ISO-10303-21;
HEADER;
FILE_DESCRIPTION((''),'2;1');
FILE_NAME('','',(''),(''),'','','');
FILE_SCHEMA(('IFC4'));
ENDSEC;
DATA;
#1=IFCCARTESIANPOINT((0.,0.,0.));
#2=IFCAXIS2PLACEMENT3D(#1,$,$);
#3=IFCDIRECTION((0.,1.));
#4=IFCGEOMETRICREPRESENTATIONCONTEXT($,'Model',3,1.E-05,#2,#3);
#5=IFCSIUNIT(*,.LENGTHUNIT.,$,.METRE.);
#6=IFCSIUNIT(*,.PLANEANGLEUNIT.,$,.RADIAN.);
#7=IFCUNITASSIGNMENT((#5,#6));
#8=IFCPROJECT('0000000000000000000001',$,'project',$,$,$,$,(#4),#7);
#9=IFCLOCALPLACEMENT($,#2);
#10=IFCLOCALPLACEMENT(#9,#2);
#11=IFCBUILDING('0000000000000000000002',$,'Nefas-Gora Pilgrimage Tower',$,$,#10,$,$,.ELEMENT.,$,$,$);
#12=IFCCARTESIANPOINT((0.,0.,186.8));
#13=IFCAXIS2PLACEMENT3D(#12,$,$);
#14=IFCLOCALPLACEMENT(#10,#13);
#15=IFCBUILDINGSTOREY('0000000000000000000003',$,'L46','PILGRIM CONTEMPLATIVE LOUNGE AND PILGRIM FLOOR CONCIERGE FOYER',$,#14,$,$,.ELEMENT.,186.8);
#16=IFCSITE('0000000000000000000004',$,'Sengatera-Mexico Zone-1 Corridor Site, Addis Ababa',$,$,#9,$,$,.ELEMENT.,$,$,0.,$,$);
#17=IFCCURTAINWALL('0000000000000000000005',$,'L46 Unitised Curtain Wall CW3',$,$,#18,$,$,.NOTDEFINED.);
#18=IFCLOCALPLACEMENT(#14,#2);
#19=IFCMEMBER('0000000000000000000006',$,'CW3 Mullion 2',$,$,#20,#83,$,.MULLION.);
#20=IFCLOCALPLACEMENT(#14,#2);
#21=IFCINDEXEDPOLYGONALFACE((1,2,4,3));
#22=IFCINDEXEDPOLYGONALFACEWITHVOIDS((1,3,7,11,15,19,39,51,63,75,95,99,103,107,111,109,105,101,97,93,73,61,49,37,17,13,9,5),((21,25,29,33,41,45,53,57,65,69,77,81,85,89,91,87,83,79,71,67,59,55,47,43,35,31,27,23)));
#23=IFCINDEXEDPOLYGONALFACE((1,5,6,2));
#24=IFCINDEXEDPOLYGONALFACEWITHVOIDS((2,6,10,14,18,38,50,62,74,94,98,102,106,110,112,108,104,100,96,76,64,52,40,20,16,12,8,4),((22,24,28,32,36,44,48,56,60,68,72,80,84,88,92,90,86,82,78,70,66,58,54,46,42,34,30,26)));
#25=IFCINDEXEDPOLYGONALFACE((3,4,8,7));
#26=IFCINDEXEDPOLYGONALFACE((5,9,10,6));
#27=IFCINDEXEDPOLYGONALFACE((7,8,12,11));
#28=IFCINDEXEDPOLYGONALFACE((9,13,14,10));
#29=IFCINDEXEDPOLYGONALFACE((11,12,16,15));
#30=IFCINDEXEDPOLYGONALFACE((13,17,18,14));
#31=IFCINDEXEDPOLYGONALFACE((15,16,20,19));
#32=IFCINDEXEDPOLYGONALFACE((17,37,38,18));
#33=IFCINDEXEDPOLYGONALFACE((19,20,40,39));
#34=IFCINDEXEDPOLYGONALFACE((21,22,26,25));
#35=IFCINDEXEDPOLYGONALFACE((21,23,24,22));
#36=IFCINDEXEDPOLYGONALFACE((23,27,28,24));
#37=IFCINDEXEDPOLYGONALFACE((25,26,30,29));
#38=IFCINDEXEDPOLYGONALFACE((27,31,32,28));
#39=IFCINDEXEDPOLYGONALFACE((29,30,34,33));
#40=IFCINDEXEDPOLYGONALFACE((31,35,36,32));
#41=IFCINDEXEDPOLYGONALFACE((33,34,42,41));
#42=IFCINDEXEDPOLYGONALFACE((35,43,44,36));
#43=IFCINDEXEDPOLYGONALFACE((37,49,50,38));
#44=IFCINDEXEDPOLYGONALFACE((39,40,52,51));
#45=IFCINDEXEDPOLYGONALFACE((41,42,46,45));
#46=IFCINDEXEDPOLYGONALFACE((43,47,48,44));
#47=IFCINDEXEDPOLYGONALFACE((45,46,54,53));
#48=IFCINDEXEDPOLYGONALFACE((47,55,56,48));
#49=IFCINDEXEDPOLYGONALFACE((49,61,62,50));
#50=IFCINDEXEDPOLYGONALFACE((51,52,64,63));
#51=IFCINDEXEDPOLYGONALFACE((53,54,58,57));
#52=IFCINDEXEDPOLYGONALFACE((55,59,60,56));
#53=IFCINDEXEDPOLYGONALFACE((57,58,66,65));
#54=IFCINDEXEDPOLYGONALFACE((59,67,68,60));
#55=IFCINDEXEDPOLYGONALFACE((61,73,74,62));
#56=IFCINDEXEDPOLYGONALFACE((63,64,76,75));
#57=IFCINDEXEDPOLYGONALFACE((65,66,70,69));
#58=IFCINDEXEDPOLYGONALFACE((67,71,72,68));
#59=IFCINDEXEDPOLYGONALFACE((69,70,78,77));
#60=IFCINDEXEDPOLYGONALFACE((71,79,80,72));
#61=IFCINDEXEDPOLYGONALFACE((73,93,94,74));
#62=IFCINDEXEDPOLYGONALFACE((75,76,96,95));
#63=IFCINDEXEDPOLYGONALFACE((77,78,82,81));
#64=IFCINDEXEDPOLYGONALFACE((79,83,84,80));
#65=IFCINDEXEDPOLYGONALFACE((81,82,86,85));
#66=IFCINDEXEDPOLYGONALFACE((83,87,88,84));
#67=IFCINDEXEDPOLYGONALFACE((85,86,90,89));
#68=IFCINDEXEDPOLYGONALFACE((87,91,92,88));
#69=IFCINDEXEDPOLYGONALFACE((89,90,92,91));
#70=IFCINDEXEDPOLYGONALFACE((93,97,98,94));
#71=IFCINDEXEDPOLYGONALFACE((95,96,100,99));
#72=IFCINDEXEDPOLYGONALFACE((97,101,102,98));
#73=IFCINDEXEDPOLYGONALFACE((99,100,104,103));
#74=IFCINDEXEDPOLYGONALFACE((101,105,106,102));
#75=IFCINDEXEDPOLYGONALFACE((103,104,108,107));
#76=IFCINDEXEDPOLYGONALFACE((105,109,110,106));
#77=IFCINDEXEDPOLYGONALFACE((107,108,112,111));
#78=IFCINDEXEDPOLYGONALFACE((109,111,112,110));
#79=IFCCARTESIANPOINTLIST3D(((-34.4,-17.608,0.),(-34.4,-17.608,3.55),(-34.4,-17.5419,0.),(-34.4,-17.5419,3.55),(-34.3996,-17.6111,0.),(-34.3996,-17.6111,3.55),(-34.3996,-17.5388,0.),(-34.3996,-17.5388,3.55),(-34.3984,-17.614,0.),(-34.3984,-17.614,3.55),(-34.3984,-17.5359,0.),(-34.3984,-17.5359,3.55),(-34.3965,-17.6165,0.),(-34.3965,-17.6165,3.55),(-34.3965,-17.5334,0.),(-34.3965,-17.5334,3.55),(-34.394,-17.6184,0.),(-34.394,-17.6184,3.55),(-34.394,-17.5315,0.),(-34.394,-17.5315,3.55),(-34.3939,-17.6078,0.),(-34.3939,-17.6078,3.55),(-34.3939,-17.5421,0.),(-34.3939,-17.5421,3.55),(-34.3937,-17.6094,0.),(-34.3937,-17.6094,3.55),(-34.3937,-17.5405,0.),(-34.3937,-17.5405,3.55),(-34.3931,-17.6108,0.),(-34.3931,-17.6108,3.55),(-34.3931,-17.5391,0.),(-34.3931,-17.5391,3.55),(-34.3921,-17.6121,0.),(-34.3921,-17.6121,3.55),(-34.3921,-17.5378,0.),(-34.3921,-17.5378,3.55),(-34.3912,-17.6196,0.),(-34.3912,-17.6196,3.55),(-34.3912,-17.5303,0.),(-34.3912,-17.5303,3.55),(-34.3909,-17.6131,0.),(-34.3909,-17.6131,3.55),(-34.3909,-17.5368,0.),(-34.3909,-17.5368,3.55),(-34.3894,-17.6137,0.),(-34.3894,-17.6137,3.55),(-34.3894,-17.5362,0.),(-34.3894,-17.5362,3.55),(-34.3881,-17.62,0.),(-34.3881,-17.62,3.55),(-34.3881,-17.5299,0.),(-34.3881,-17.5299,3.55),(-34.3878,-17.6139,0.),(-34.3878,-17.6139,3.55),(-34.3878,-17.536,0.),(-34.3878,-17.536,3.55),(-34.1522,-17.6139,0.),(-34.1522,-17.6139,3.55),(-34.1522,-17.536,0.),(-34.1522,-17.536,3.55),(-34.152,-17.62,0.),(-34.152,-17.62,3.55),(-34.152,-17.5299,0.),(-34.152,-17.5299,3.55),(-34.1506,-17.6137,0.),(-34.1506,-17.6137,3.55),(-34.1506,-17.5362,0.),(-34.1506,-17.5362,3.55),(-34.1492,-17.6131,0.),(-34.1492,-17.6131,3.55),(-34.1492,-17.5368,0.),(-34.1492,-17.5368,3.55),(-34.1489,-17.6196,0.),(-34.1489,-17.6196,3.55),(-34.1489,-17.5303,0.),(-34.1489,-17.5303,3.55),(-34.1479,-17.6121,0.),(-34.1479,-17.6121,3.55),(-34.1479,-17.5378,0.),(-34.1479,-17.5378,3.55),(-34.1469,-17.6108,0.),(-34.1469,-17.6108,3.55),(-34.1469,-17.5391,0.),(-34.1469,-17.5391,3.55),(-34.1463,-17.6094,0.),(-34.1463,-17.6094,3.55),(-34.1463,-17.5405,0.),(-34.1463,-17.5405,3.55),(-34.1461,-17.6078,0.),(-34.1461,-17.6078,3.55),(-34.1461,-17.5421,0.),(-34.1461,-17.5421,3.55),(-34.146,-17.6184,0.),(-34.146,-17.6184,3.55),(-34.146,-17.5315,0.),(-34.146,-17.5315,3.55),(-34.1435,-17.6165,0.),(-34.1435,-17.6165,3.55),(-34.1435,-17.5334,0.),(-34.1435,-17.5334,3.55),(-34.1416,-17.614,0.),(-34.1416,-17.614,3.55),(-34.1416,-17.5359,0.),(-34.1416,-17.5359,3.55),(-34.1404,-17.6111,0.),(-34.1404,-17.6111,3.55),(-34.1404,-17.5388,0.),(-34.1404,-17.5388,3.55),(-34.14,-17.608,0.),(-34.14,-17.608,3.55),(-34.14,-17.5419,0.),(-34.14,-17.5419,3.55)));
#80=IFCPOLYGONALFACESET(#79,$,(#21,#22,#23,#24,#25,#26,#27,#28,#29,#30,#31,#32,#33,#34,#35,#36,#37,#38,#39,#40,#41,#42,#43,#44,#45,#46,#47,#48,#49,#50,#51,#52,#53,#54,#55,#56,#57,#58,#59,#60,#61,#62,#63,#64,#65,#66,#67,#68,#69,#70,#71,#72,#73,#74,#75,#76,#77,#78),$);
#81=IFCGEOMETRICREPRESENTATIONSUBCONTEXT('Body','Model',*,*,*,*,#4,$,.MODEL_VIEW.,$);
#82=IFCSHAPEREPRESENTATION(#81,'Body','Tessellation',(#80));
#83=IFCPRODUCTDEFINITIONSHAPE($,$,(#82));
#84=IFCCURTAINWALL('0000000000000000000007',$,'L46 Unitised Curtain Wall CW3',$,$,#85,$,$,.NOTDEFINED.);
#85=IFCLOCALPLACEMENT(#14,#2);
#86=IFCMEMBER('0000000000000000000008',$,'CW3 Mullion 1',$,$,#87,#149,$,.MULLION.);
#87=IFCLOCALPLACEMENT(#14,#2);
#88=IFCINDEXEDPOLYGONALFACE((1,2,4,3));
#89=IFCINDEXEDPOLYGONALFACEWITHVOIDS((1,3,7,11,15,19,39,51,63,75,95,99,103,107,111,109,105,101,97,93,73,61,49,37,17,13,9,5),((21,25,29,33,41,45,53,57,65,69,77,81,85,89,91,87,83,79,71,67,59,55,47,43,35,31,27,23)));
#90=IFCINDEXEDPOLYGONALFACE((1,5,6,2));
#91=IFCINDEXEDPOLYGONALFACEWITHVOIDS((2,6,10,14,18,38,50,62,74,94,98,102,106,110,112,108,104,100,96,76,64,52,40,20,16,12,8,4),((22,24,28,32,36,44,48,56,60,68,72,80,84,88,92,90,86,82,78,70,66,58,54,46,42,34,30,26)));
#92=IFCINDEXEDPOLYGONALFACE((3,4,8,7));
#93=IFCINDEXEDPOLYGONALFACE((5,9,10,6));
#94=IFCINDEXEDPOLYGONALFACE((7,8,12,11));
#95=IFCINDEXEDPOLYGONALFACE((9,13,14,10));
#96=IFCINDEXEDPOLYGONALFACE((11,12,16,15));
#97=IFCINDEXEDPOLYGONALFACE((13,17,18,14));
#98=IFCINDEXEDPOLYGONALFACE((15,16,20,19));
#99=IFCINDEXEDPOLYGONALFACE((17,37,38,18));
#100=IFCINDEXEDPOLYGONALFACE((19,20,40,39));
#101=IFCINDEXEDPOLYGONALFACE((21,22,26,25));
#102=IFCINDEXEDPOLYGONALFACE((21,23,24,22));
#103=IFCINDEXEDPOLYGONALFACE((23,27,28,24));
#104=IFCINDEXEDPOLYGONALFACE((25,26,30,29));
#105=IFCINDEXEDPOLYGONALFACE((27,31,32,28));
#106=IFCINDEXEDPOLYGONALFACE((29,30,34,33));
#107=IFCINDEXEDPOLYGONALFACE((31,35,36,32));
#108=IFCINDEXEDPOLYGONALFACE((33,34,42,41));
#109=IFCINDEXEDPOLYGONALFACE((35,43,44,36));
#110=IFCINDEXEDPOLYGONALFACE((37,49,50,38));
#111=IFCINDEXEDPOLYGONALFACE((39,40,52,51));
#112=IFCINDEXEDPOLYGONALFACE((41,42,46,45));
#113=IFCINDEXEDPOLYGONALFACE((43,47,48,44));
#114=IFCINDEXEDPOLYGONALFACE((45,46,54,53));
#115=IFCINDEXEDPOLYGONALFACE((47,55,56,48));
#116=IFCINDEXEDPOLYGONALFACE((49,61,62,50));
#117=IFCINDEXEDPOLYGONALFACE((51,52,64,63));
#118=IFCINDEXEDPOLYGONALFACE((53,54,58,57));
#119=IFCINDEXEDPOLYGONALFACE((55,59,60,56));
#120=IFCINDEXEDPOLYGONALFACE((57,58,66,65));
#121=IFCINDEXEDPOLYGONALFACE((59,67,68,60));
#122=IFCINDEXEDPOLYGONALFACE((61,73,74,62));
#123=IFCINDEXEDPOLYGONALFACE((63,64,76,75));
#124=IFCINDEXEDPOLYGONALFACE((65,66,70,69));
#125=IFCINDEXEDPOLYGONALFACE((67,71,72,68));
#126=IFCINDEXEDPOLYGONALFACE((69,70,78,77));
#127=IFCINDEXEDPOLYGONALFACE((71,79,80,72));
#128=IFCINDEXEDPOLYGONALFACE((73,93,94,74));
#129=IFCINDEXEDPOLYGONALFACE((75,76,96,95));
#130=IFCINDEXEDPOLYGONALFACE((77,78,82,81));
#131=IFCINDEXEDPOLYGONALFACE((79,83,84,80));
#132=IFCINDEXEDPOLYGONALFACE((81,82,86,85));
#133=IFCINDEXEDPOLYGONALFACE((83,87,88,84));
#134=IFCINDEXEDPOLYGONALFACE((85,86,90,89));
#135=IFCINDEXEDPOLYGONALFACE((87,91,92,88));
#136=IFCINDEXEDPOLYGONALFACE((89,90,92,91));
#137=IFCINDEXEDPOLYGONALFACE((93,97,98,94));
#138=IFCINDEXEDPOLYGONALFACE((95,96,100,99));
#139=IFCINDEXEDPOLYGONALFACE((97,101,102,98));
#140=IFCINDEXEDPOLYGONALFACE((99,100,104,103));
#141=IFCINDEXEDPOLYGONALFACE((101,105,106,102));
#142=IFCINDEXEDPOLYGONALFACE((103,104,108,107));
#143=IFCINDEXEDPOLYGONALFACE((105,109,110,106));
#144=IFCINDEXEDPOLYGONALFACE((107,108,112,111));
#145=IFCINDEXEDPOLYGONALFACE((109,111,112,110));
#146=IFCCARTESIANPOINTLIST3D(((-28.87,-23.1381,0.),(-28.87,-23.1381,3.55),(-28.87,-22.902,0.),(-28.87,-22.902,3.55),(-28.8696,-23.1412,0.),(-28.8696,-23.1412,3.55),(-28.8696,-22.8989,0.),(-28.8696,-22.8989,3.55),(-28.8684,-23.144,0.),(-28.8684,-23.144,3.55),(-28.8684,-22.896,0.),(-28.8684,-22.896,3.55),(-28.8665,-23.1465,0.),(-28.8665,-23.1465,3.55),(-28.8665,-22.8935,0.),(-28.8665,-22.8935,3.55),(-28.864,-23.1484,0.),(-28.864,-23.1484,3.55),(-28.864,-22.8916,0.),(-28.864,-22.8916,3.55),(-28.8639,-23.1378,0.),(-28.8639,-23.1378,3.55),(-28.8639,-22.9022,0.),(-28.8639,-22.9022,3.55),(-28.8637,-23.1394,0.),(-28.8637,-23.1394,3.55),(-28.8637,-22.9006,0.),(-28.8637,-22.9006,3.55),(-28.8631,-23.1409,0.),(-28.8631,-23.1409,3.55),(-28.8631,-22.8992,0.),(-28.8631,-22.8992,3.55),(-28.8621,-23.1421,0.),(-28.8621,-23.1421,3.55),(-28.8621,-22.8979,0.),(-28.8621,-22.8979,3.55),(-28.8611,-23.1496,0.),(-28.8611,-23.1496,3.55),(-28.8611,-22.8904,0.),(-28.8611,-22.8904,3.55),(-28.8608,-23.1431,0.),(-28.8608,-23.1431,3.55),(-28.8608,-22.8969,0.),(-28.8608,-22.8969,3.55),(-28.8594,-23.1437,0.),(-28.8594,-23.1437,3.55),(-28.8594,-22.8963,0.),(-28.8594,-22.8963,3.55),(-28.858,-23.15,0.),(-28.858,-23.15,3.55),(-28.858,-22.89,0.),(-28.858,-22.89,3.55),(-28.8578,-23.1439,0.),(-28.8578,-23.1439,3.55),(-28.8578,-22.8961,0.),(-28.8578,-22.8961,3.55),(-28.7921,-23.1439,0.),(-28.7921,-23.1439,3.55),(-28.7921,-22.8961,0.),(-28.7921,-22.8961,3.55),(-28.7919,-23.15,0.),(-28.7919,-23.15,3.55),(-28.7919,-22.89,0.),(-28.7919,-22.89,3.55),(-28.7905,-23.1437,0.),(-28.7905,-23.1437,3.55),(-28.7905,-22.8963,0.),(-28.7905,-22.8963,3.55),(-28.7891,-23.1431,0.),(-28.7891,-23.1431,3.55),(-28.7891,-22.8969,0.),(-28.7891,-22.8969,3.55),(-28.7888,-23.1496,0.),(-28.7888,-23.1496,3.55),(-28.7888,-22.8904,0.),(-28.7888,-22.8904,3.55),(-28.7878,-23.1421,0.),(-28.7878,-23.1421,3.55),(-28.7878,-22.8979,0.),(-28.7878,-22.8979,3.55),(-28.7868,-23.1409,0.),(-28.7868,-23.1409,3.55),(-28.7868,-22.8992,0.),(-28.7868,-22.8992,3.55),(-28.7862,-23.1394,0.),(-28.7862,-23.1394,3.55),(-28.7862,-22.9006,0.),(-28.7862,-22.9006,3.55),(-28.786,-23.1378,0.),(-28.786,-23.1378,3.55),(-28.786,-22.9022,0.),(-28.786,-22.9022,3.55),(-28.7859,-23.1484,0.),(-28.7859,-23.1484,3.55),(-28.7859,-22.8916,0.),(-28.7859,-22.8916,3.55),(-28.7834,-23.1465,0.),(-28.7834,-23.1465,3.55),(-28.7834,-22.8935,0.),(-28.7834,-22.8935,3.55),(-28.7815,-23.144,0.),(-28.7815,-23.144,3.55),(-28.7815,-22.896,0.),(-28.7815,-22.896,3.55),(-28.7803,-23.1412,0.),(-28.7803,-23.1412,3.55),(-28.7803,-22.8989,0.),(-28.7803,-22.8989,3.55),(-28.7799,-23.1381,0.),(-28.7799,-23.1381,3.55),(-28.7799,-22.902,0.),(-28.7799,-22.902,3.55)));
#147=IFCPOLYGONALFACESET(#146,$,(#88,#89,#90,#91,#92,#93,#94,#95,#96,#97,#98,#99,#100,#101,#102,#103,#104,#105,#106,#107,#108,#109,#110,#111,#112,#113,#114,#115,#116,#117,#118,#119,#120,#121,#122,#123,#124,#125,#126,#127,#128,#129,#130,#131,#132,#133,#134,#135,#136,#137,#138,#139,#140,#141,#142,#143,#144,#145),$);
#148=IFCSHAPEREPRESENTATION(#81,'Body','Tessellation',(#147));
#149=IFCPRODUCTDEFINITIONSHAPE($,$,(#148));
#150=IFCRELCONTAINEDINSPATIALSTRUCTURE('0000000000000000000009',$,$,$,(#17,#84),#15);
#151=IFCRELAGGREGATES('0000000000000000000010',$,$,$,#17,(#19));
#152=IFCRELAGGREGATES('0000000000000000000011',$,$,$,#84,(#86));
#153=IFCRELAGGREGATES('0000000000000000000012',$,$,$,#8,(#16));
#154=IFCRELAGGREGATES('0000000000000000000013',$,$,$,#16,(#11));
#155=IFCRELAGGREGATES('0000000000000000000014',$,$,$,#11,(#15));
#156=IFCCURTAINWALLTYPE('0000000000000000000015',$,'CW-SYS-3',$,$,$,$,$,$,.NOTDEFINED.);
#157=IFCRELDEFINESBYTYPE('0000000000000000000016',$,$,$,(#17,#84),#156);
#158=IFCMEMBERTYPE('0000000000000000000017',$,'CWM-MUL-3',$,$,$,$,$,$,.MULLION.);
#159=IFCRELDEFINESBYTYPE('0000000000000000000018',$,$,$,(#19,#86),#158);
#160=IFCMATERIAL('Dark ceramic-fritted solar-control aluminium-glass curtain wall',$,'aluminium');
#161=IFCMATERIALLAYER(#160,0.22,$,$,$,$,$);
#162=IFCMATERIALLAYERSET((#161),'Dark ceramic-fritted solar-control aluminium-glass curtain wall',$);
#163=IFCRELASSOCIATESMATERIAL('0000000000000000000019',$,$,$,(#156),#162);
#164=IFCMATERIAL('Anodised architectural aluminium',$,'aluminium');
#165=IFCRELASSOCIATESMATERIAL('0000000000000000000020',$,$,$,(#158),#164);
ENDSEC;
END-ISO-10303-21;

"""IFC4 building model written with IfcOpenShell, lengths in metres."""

from ifc_helpers import new_model, si_unit, direction, frame, origin, origin_2d, place, context, subcontext, project, spatial, hollow_rectangle, extrude, source, transform, mapped, material, layer, layer_set, material_profile, profile_set, type_object, element, aggregate, save


model = new_model("IFC4")

# Units and contexts
model_context = context("Model", 3, precision=1e-05, world=origin(), true_north=direction((0.0, 1.0)))
body_context = subcontext(model_context, "Body", "Model", "MODEL_VIEW")
ifc_project = project(units=[si_unit("LENGTHUNIT", "METRE"), si_unit("PLANEANGLEUNIT", "RADIAN")], contexts=[model_context])

# Site, building, storey
site_placement = place(None, origin())
site = spatial("IfcSite", under=ifc_project, at=site_placement, Name="Sengatera-Mexico Zone-1 Corridor Site, Addis Ababa", CompositionType="ELEMENT", RefElevation=0.0)
building_placement = place(site_placement, origin())
building = spatial("IfcBuilding", under=site, at=building_placement, Name="Nefas-Gora Pilgrimage Tower", CompositionType="ELEMENT")
storey_placement = place(building_placement, frame((0.0, 0.0, 186.8)))
storey = spatial("IfcBuildingStorey", under=building, at=storey_placement, Name="L46", Description="PILGRIM CONTEMPLATIVE LOUNGE AND PILGRIM FLOOR CONCIERGE FOYER", CompositionType="ELEMENT", Elevation=186.8)

# Shared definitions
ifc_material_1 = material(Name="Dark ceramic-fritted solar-control aluminium-glass curtain wall", Category="aluminium")
ifc_material_2 = material(Name="Anodised architectural aluminium", Category="aluminium")

# Curtain wall, member
ifc_layer_1 = layer(ifc_material_1, 0.22)
ifc_layer_set_1 = layer_set([ifc_layer_1], Name="Dark ceramic-fritted solar-control aluminium-glass curtain wall")
curtain_wall_type_1 = type_object("IfcCurtainWallType", Name="CW-SYS-3", PredefinedType="NOTDEFINED", material=ifc_layer_set_1)
curtain_wall_1_placement = place(storey_placement, origin())
curtain_wall_1 = element("IfcCurtainWall", 1, at=curtain_wall_1_placement, inside=storey, type_object=curtain_wall_type_1, Name="L46 Unitised Curtain Wall CW3", PredefinedType="NOTDEFINED")
ifc_material_profile_1 = material_profile(ifc_material_2, hollow_rectangle(XDim=0.0901, YDim=0.26, WallThickness=0.0061, InnerFilletRadius=0.0061, OuterFilletRadius=0.012, at=origin_2d()), Name="ALU MULLION 90x260")
ifc_profile_set_1 = profile_set([ifc_material_profile_1], Name="Anodised architectural aluminium")
member_type_1 = type_object("IfcMemberType", Name="CWM-MUL-3", PredefinedType="MULLION", material=ifc_profile_set_1)
shared_shape_1 = source(origin(), body_context, "Body", "SweptSolid", [
    extrude(hollow_rectangle(XDim=0.0901, YDim=0.26, WallThickness=0.0061, InnerFilletRadius=0.0061, OuterFilletRadius=0.012, at=origin_2d()), origin(), (0.0, 0.0, 1.0), 3.55),
])
member_1_placement = place(storey_placement, frame((-34.27, -17.575, 0.0), z_axis=(0.0, 0.0, 1.0), x_axis=(0.0, -1.0, 0.0)))
member_1 = element("IfcMember", 2, at=member_1_placement, type_object=member_type_1, Name="CW3 Mullion 2", PredefinedType="MULLION", context=body_context, shape_type="MappedRepresentation", body=[
    mapped(shared_shape_1, transform((0.0, 0.0, 0.0), x_axis=(1.0, 0.0, 0.0), y_axis=(0.0, 1.0, 0.0), z_axis=(0.0, 0.0, 1.0), scale=1.0)),
])
aggregate(curtain_wall_1, [member_1])

# Curtain wall, member
curtain_wall_2_placement = place(storey_placement, origin())
curtain_wall_2 = element("IfcCurtainWall", 3, at=curtain_wall_2_placement, inside=storey, type_object=curtain_wall_type_1, Name="L46 Unitised Curtain Wall CW3", PredefinedType="NOTDEFINED")
member_2_placement = place(storey_placement, frame((-28.825, -23.02, 0.0), z_axis=(0.0, 0.0, 1.0), x_axis=(1.0, 0.0, 0.0)))
member_2 = element("IfcMember", 4, at=member_2_placement, type_object=member_type_1, Name="CW3 Mullion 1", PredefinedType="MULLION", context=body_context, shape_type="MappedRepresentation", body=[
    mapped(shared_shape_1, transform((0.0, 0.0, 0.0), x_axis=(1.0, 0.0, 0.0), y_axis=(0.0, 1.0, 0.0), z_axis=(0.0, 0.0, 1.0), scale=1.0)),
])

aggregate(curtain_wall_2, [member_2])

save(model, "model.ifc")
